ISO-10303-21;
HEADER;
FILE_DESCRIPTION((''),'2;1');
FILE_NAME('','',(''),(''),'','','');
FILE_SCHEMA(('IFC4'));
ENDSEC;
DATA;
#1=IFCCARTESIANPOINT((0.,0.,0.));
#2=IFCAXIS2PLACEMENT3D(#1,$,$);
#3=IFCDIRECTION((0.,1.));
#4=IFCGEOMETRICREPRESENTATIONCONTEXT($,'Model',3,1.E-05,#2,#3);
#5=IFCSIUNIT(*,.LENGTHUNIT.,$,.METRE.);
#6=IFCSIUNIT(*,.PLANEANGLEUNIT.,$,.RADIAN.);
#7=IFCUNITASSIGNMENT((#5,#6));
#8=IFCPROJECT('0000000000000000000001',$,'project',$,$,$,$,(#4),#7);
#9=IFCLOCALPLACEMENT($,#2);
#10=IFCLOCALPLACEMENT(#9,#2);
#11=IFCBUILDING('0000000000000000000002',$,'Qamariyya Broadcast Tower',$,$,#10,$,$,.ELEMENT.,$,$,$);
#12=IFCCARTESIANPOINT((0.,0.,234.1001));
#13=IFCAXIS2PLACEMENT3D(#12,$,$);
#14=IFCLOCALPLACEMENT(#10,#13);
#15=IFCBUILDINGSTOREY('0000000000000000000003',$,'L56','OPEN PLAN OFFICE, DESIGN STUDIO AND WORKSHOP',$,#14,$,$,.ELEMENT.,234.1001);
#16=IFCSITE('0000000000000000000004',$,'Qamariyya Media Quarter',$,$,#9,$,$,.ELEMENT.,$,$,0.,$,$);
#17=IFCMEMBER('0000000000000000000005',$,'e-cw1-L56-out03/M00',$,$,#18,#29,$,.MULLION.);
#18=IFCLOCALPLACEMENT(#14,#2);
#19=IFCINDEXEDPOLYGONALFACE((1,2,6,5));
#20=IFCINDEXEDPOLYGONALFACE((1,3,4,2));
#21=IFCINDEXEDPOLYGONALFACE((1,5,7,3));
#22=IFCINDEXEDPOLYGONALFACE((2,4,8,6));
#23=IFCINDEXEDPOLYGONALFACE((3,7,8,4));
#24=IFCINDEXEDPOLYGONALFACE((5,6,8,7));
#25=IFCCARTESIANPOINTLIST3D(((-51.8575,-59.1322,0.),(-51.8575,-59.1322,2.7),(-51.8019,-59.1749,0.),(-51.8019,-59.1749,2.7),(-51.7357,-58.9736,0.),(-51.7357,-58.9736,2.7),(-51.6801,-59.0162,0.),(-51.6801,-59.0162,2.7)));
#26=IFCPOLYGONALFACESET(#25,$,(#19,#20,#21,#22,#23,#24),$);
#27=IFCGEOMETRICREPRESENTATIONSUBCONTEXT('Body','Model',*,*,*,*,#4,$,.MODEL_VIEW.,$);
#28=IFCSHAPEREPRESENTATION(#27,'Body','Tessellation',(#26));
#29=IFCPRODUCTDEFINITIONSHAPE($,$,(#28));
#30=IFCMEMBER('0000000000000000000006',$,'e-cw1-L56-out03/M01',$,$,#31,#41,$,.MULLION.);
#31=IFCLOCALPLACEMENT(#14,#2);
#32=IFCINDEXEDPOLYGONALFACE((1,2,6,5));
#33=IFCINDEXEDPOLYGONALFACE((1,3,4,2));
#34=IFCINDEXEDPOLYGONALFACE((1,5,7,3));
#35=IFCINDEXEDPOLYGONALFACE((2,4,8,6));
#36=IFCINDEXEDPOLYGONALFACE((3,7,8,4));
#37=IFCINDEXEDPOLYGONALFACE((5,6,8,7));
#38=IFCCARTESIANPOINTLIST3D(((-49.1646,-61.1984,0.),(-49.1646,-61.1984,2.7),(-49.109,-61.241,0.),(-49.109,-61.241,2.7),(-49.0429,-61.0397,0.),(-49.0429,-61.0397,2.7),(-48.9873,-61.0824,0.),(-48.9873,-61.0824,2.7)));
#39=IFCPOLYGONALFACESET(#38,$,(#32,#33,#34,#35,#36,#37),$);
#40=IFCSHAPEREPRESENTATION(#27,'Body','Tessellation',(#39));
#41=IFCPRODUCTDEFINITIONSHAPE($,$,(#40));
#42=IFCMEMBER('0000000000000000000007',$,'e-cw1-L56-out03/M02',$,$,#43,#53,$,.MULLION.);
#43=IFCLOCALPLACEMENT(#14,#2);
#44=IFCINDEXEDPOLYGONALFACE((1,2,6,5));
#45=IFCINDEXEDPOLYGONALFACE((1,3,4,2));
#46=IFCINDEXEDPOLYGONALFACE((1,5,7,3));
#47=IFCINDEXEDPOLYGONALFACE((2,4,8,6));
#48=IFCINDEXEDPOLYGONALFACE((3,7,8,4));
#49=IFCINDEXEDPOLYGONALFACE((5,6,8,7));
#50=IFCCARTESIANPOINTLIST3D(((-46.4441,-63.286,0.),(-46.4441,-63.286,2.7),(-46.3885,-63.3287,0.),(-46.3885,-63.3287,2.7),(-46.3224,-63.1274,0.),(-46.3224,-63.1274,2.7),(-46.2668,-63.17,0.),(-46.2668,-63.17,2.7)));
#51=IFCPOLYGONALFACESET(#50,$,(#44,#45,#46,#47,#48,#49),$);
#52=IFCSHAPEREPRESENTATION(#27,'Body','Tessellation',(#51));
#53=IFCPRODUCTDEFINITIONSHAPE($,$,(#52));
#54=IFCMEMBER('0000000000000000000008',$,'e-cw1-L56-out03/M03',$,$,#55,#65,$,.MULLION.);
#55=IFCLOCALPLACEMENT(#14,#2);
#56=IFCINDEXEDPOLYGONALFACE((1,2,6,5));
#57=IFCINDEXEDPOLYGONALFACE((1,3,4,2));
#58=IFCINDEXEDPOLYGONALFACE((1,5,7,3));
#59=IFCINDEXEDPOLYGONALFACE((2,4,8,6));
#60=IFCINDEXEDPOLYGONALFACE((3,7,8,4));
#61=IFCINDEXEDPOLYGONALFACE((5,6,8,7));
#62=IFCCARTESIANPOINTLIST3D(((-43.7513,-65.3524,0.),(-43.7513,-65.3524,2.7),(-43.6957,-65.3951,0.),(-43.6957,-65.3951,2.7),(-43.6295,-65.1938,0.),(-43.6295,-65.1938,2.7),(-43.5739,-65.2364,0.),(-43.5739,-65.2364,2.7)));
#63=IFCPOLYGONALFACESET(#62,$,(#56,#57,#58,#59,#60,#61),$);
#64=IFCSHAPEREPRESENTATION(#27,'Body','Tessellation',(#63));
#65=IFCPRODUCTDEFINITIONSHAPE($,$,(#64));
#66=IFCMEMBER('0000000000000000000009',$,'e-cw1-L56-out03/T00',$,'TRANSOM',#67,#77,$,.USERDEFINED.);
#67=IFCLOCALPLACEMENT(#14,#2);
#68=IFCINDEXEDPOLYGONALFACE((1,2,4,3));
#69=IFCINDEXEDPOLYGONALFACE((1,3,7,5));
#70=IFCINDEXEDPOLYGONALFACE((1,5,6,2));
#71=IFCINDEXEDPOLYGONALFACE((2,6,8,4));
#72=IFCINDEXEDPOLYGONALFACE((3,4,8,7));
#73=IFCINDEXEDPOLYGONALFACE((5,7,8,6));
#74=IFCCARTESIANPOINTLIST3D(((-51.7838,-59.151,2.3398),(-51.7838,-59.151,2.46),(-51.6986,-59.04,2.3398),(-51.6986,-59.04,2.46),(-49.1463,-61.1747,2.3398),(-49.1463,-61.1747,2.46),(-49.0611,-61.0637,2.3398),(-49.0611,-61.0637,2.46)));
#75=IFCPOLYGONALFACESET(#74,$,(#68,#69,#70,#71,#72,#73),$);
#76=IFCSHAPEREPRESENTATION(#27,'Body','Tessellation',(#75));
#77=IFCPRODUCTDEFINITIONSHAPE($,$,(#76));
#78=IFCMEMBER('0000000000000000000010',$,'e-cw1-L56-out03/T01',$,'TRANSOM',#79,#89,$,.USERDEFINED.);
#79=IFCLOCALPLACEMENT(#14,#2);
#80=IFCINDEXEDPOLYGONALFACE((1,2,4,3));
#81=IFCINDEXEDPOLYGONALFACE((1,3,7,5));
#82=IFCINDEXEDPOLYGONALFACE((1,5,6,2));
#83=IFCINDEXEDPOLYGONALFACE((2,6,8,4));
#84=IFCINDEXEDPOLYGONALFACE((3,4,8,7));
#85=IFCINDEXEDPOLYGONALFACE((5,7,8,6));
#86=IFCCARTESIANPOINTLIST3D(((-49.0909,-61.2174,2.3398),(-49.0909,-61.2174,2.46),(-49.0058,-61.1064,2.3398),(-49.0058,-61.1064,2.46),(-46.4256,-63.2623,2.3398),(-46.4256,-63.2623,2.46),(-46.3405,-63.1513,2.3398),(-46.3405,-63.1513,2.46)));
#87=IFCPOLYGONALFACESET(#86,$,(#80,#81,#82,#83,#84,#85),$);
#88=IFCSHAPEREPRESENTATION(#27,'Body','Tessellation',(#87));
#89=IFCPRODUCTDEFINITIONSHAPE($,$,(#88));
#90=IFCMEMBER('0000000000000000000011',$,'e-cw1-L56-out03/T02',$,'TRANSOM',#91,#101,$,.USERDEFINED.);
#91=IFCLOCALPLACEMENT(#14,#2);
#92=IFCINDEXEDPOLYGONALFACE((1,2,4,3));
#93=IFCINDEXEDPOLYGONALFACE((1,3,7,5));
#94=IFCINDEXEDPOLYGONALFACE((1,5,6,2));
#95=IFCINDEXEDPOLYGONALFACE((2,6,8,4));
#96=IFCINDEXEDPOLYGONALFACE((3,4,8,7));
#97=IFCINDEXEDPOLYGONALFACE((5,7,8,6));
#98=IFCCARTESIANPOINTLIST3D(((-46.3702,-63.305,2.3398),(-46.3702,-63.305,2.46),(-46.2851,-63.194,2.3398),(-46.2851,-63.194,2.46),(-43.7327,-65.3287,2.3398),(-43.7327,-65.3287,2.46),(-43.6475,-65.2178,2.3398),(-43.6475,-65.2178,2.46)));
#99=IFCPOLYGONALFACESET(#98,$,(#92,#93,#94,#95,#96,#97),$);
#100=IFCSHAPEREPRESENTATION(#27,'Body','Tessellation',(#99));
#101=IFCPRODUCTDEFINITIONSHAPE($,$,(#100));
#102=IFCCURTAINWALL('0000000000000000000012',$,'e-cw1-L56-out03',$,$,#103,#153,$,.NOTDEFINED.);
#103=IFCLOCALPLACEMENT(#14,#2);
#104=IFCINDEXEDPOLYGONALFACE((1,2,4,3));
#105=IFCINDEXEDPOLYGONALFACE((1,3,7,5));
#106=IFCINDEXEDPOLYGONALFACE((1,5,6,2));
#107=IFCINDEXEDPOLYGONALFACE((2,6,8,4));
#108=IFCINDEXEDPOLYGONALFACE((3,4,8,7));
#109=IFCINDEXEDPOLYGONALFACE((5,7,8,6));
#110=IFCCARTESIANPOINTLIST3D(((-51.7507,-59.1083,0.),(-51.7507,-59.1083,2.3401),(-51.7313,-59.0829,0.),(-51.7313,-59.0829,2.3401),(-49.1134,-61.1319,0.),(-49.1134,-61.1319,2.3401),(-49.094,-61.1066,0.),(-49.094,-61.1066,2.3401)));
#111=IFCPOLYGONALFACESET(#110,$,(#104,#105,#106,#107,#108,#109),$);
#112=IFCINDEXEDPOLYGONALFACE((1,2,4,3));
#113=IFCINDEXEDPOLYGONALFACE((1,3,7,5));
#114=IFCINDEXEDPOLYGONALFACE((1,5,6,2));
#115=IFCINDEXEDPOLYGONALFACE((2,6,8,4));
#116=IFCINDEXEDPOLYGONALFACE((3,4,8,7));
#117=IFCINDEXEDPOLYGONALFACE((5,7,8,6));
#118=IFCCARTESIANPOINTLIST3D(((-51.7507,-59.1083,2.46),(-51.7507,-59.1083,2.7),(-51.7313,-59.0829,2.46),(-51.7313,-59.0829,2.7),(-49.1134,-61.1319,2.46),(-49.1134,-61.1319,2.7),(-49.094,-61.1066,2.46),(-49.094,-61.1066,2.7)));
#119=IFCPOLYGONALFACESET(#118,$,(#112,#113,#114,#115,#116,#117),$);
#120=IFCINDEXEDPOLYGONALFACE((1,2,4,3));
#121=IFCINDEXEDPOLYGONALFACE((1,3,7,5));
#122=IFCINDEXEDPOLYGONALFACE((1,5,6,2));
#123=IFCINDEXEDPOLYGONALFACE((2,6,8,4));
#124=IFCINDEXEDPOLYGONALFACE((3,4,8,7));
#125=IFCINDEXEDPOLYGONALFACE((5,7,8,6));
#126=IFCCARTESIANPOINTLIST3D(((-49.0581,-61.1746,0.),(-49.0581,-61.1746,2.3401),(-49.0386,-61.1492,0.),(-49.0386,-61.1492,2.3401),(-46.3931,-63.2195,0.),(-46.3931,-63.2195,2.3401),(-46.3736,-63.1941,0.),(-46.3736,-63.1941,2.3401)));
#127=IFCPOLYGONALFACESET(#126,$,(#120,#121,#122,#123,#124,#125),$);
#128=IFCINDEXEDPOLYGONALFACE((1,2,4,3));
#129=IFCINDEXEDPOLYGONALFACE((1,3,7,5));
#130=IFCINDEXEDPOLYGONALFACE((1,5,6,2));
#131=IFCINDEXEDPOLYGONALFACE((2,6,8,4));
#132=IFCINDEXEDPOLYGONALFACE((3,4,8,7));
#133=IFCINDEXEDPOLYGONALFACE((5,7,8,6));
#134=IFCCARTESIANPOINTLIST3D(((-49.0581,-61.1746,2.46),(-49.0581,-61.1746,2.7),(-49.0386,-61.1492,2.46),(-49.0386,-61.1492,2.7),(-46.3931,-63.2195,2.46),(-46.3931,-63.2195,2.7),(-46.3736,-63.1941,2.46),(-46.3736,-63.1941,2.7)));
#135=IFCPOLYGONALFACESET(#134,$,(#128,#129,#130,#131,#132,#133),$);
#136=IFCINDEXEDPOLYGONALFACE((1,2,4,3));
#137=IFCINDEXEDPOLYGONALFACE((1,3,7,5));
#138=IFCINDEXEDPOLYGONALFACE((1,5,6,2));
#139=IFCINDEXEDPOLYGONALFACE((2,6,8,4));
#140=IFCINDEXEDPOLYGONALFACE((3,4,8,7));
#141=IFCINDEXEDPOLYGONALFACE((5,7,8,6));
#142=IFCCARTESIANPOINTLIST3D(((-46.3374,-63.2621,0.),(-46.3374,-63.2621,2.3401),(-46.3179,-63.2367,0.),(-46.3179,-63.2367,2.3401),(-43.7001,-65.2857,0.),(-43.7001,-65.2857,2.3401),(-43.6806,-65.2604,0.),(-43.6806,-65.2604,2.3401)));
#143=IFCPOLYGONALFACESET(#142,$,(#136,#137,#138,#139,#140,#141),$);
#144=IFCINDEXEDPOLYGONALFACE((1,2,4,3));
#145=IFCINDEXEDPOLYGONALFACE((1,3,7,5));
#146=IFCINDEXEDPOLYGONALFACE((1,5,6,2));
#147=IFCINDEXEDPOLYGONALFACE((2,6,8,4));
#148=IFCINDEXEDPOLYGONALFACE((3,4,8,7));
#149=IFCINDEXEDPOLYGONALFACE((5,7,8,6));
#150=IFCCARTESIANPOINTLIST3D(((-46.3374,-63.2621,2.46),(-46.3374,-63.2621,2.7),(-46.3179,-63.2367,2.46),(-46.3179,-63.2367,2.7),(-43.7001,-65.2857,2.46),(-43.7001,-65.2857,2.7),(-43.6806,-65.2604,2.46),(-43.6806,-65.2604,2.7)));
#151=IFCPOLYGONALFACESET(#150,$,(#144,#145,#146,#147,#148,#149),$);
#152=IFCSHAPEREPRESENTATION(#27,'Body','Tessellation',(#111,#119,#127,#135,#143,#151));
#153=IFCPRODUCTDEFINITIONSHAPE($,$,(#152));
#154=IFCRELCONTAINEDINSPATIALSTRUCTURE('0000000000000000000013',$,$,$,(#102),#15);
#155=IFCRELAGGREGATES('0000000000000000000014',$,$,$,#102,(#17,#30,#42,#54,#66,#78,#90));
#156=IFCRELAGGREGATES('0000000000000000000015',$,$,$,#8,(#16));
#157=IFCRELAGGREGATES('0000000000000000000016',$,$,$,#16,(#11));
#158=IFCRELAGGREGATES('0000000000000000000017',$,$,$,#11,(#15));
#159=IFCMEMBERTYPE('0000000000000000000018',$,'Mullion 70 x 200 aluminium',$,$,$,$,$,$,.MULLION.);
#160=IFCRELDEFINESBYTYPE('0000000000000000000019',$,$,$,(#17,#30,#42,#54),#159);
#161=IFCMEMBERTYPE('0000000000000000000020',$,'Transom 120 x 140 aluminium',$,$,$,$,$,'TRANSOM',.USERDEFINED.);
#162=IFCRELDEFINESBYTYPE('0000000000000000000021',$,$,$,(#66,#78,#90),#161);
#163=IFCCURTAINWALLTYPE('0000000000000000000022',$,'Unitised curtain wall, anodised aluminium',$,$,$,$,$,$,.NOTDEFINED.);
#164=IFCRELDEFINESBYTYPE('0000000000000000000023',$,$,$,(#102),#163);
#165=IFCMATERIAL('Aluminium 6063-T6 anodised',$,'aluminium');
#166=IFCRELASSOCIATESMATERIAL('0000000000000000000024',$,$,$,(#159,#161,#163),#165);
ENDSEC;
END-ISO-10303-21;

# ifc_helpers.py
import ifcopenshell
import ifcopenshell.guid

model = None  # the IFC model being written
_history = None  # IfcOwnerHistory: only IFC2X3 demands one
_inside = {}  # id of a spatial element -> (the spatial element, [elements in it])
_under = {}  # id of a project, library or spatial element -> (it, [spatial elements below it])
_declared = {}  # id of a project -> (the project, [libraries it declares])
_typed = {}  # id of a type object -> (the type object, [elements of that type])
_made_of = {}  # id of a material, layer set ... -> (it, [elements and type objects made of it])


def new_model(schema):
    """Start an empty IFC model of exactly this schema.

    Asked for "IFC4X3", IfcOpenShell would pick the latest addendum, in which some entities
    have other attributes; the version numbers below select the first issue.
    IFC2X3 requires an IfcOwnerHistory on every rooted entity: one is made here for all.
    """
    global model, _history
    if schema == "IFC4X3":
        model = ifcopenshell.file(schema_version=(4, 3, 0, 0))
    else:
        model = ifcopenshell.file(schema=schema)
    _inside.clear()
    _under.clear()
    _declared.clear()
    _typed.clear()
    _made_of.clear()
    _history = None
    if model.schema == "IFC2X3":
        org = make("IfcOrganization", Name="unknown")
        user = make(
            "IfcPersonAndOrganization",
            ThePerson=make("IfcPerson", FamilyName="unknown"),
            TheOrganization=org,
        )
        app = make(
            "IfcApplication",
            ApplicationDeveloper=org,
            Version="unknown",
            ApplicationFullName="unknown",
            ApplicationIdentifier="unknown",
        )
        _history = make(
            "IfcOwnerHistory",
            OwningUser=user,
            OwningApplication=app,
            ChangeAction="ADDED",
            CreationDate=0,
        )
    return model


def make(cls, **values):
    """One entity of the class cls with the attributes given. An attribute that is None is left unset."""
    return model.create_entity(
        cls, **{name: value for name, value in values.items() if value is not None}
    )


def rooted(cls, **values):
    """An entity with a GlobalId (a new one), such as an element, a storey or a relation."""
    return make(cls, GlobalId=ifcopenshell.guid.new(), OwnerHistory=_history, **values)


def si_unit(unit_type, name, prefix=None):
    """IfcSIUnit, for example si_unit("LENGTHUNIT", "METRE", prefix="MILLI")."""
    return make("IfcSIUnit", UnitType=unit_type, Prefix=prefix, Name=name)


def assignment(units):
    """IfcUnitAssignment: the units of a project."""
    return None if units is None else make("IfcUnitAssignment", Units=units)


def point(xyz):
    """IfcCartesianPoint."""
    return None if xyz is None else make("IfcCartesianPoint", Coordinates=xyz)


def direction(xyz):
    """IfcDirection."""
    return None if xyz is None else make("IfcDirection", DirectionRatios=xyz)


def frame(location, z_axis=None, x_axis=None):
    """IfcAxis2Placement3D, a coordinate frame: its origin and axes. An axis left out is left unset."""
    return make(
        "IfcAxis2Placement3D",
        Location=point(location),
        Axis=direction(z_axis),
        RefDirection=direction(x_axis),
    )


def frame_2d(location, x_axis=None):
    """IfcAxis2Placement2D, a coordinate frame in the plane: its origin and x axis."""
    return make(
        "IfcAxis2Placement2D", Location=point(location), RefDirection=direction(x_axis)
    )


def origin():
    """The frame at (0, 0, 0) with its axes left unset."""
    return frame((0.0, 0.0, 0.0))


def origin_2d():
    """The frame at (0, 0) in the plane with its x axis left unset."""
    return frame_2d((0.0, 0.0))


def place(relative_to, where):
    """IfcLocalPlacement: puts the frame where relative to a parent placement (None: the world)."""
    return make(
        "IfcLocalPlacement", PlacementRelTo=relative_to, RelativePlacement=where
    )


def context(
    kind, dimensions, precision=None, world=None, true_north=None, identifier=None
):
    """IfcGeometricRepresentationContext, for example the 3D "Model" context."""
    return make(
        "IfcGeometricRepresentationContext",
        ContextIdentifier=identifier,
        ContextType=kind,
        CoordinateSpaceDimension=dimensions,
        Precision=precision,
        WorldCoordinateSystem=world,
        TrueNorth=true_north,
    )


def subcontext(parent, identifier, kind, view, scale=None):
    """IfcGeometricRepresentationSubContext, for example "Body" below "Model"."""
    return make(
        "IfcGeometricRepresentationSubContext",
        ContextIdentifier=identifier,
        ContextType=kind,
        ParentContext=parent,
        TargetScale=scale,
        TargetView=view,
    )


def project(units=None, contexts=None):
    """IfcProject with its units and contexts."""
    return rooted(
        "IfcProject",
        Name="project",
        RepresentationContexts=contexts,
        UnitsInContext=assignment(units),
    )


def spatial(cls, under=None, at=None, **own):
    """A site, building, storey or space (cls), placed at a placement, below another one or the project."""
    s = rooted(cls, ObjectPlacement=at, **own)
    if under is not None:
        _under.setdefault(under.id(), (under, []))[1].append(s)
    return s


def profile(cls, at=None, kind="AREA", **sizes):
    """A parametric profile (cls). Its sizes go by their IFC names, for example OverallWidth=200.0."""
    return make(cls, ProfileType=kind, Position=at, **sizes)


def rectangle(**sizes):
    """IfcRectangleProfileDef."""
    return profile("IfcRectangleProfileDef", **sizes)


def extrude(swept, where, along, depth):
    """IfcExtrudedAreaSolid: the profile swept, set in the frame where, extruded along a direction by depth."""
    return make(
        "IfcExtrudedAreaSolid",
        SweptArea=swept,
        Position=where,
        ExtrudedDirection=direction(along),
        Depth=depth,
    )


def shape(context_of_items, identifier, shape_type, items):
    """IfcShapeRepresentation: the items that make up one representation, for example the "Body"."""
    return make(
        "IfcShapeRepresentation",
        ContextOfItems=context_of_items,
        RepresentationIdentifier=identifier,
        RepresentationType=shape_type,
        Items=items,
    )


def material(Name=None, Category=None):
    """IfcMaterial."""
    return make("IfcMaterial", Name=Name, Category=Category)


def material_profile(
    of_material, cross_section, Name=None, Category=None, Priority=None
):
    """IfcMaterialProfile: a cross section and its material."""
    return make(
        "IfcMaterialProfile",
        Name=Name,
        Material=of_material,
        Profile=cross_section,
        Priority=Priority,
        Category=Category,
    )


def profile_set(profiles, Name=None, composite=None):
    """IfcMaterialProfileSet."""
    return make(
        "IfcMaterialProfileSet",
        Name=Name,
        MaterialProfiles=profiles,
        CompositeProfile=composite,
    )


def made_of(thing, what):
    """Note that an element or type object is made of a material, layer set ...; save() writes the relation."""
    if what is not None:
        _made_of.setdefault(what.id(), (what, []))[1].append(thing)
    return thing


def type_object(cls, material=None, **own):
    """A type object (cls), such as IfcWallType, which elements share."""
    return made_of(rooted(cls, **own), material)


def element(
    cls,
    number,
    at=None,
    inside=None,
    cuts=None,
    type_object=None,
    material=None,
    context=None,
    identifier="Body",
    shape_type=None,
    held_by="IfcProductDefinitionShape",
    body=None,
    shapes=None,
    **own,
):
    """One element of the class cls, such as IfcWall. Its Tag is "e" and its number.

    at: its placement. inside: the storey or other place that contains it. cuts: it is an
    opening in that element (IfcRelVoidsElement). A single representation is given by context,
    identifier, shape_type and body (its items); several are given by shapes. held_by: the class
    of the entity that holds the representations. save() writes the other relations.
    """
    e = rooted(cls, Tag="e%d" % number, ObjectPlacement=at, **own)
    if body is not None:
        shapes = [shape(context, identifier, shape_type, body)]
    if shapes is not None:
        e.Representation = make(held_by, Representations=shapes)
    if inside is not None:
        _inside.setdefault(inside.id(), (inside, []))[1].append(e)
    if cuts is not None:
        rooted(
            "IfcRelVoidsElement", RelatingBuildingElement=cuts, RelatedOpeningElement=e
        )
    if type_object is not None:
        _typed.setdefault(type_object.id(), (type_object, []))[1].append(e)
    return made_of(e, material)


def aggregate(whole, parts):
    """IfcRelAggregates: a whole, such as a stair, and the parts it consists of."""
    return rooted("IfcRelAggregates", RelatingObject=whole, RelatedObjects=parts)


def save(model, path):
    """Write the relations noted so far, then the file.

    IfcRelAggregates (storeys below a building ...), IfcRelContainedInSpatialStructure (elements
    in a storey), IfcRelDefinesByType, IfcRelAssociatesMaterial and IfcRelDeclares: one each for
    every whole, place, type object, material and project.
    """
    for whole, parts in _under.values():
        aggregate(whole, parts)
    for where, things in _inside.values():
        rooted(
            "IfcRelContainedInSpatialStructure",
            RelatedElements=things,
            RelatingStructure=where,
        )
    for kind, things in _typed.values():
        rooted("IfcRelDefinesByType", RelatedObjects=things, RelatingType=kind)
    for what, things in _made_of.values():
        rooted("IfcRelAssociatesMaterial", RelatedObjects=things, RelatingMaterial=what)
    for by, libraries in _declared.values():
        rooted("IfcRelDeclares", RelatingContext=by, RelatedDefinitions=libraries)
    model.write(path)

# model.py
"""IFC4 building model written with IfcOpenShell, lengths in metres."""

from ifc_helpers import new_model, si_unit, direction, frame, origin, origin_2d, place, context, subcontext, project, spatial, rectangle, extrude, material, material_profile, profile_set, type_object, element, aggregate, save


model = new_model("IFC4")

# Units and contexts
model_context = context("Model", 3, precision=1e-05, world=origin(), true_north=direction((0.0, 1.0)))
body_context = subcontext(model_context, "Body", "Model", "MODEL_VIEW")
ifc_project = project(units=[si_unit("LENGTHUNIT", "METRE"), si_unit("PLANEANGLEUNIT", "RADIAN")], contexts=[model_context])

# Members
ifc_material_1 = material(Name="Aluminium 6063-T6 anodised", Category="aluminium")
ifc_material_profile_1 = material_profile(ifc_material_1, rectangle(XDim=0.2, YDim=0.0701, at=origin_2d()))
ifc_profile_set_1 = profile_set([ifc_material_profile_1], Name="Aluminium 6063-T6 anodised")
member_type_1 = type_object("IfcMemberType", Name="Mullion 70 x 200 aluminium", PredefinedType="MULLION", material=ifc_profile_set_1)
site_placement = place(None, origin())
building_placement = place(site_placement, origin())
storey_placement = place(building_placement, frame((0.0, 0.0, 234.1001)))
member_1_placement = place(storey_placement, frame((-51.7688, -59.0742, 0.0), z_axis=(0.0, 0.0, 1.0), x_axis=(0.608761, 0.793353, 0.0)))
member_1 = element("IfcMember", 1, at=member_1_placement, type_object=member_type_1, Name="e-cw1-L56-out03/M00", PredefinedType="MULLION", context=body_context, shape_type="SweptSolid", body=[
    extrude(rectangle(XDim=0.2, YDim=0.0701, at=origin_2d()), origin(), (0.0, 0.0, 1.0), 2.7),
])
member_2_placement = place(storey_placement, frame((-49.0759, -61.1404, 0.0), z_axis=(0.0, 0.0, 1.0), x_axis=(0.608761, 0.793353, 0.0)))
member_2 = element("IfcMember", 2, at=member_2_placement, type_object=member_type_1, Name="e-cw1-L56-out03/M01", PredefinedType="MULLION", context=body_context, shape_type="SweptSolid", body=[
    extrude(rectangle(XDim=0.2, YDim=0.0701, at=origin_2d()), origin(), (0.0, 0.0, 1.0), 2.7),
])
member_3_placement = place(storey_placement, frame((-46.3555, -63.228, 0.0), z_axis=(0.0, 0.0, 1.0), x_axis=(0.608761, 0.793353, 0.0)))
member_3 = element("IfcMember", 3, at=member_3_placement, type_object=member_type_1, Name="e-cw1-L56-out03/M02", PredefinedType="MULLION", context=body_context, shape_type="SweptSolid", body=[
    extrude(rectangle(XDim=0.2, YDim=0.0701, at=origin_2d()), origin(), (0.0, 0.0, 1.0), 2.7),
])
member_4_placement = place(storey_placement, frame((-43.6626, -65.2944, 0.0), z_axis=(0.0, 0.0, 1.0), x_axis=(0.608761, 0.793353, 0.0)))
member_4 = element("IfcMember", 4, at=member_4_placement, type_object=member_type_1, Name="e-cw1-L56-out03/M03", PredefinedType="MULLION", context=body_context, shape_type="SweptSolid", body=[
    extrude(rectangle(XDim=0.2, YDim=0.0701, at=origin_2d()), origin(), (0.0, 0.0, 1.0), 2.7),
])
ifc_material_profile_2 = material_profile(ifc_material_1, rectangle(XDim=0.1399, YDim=0.1201, at=origin_2d()))
ifc_profile_set_2 = profile_set([ifc_material_profile_2], Name="Aluminium 6063-T6 anodised")
member_type_2 = type_object("IfcMemberType", Name="Transom 120 x 140 aluminium", ElementType="TRANSOM", PredefinedType="USERDEFINED", material=ifc_profile_set_2)
member_5_placement = place(storey_placement, frame((-51.7412, -59.0955, 2.3999), z_axis=(0.793369, -0.608741, 0.0), x_axis=(0.608741, 0.793369, 0.0)))
member_5 = element("IfcMember", 5, at=member_5_placement, type_object=member_type_2, Name="e-cw1-L56-out03/T00", ObjectType="TRANSOM", PredefinedType="USERDEFINED", context=body_context, shape_type="SweptSolid", body=[
    extrude(rectangle(XDim=0.1399, YDim=0.1201, at=origin_2d()), origin(), (0.0, 0.0, 1.0), 3.3245),
])
member_6_placement = place(storey_placement, frame((-49.0483, -61.1619, 2.3999), z_axis=(0.793385, -0.60872, 0.0), x_axis=(0.60872, 0.793385, 0.0)))
member_6 = element("IfcMember", 6, at=member_6_placement, type_object=member_type_2, Name="e-cw1-L56-out03/T01", ObjectType="TRANSOM", PredefinedType="USERDEFINED", context=body_context, shape_type="SweptSolid", body=[
    extrude(rectangle(XDim=0.1399, YDim=0.1201, at=origin_2d()), origin(), (0.0, 0.0, 1.0), 3.3594),
])
member_7_placement = place(storey_placement, frame((-46.3276, -63.2495, 2.3999), z_axis=(0.793369, -0.608741, 0.0), x_axis=(0.608741, 0.793369, 0.0)))
member_7 = element("IfcMember", 7, at=member_7_placement, type_object=member_type_2, Name="e-cw1-L56-out03/T02", ObjectType="TRANSOM", PredefinedType="USERDEFINED", context=body_context, shape_type="SweptSolid", body=[
    extrude(rectangle(XDim=0.1399, YDim=0.1201, at=origin_2d()), origin(), (0.0, 0.0, 1.0), 3.3245),
])

# Site, building, storey
site = spatial("IfcSite", under=ifc_project, at=site_placement, Name="Qamariyya Media Quarter", CompositionType="ELEMENT", RefElevation=0.0)
building = spatial("IfcBuilding", under=site, at=building_placement, Name="Qamariyya Broadcast Tower", CompositionType="ELEMENT")
storey = spatial("IfcBuildingStorey", under=building, at=storey_placement, Name="L56", Description="OPEN PLAN OFFICE, DESIGN STUDIO AND WORKSHOP", CompositionType="ELEMENT", Elevation=234.1001)

# Curtain wall
curtain_wall_type = type_object("IfcCurtainWallType", Name="Unitised curtain wall, anodised aluminium", PredefinedType="NOTDEFINED", material=ifc_material_1)
curtain_wall_1_placement = place(storey_placement, origin())
curtain_wall_1 = element("IfcCurtainWall", 8, at=curtain_wall_1_placement, inside=storey, type_object=curtain_wall_type, Name="e-cw1-L56-out03", PredefinedType="NOTDEFINED", context=body_context, shape_type="SweptSolid", body=[
    extrude(rectangle(XDim=3.3242, YDim=0.032, at=origin_2d()), frame((-50.4224, -60.1074, 0.0), x_axis=(0.793359, -0.608754, 0.0)), (0.0, 0.0, 1.0), 2.3401),
    extrude(rectangle(XDim=3.3242, YDim=0.032, at=origin_2d()), frame((-50.4224, -60.1074, 2.46), x_axis=(0.793359, -0.608754, 0.0)), (0.0, 0.0, 1.0), 0.24),
    extrude(rectangle(XDim=3.3591, YDim=0.032, at=origin_2d()), frame((-47.7158, -62.1843, 0.0), x_axis=(0.793359, -0.608754, 0.0)), (0.0, 0.0, 1.0), 2.3401),
    extrude(rectangle(XDim=3.3591, YDim=0.032, at=origin_2d()), frame((-47.7158, -62.1843, 2.46), x_axis=(0.793359, -0.608754, 0.0)), (0.0, 0.0, 1.0), 0.24),
    extrude(rectangle(XDim=3.3242, YDim=0.032, at=origin_2d()), frame((-45.009, -64.2612, 0.0), x_axis=(0.793359, -0.608754, 0.0)), (0.0, 0.0, 1.0), 2.3401),
    extrude(rectangle(XDim=3.3242, YDim=0.032, at=origin_2d()), frame((-45.009, -64.2612, 2.46), x_axis=(0.793359, -0.608754, 0.0)), (0.0, 0.0, 1.0), 0.24),
])
aggregate(curtain_wall_1, [member_1, member_2, member_3, member_4, member_5, member_6, member_7])

save(model, "model.ifc")
